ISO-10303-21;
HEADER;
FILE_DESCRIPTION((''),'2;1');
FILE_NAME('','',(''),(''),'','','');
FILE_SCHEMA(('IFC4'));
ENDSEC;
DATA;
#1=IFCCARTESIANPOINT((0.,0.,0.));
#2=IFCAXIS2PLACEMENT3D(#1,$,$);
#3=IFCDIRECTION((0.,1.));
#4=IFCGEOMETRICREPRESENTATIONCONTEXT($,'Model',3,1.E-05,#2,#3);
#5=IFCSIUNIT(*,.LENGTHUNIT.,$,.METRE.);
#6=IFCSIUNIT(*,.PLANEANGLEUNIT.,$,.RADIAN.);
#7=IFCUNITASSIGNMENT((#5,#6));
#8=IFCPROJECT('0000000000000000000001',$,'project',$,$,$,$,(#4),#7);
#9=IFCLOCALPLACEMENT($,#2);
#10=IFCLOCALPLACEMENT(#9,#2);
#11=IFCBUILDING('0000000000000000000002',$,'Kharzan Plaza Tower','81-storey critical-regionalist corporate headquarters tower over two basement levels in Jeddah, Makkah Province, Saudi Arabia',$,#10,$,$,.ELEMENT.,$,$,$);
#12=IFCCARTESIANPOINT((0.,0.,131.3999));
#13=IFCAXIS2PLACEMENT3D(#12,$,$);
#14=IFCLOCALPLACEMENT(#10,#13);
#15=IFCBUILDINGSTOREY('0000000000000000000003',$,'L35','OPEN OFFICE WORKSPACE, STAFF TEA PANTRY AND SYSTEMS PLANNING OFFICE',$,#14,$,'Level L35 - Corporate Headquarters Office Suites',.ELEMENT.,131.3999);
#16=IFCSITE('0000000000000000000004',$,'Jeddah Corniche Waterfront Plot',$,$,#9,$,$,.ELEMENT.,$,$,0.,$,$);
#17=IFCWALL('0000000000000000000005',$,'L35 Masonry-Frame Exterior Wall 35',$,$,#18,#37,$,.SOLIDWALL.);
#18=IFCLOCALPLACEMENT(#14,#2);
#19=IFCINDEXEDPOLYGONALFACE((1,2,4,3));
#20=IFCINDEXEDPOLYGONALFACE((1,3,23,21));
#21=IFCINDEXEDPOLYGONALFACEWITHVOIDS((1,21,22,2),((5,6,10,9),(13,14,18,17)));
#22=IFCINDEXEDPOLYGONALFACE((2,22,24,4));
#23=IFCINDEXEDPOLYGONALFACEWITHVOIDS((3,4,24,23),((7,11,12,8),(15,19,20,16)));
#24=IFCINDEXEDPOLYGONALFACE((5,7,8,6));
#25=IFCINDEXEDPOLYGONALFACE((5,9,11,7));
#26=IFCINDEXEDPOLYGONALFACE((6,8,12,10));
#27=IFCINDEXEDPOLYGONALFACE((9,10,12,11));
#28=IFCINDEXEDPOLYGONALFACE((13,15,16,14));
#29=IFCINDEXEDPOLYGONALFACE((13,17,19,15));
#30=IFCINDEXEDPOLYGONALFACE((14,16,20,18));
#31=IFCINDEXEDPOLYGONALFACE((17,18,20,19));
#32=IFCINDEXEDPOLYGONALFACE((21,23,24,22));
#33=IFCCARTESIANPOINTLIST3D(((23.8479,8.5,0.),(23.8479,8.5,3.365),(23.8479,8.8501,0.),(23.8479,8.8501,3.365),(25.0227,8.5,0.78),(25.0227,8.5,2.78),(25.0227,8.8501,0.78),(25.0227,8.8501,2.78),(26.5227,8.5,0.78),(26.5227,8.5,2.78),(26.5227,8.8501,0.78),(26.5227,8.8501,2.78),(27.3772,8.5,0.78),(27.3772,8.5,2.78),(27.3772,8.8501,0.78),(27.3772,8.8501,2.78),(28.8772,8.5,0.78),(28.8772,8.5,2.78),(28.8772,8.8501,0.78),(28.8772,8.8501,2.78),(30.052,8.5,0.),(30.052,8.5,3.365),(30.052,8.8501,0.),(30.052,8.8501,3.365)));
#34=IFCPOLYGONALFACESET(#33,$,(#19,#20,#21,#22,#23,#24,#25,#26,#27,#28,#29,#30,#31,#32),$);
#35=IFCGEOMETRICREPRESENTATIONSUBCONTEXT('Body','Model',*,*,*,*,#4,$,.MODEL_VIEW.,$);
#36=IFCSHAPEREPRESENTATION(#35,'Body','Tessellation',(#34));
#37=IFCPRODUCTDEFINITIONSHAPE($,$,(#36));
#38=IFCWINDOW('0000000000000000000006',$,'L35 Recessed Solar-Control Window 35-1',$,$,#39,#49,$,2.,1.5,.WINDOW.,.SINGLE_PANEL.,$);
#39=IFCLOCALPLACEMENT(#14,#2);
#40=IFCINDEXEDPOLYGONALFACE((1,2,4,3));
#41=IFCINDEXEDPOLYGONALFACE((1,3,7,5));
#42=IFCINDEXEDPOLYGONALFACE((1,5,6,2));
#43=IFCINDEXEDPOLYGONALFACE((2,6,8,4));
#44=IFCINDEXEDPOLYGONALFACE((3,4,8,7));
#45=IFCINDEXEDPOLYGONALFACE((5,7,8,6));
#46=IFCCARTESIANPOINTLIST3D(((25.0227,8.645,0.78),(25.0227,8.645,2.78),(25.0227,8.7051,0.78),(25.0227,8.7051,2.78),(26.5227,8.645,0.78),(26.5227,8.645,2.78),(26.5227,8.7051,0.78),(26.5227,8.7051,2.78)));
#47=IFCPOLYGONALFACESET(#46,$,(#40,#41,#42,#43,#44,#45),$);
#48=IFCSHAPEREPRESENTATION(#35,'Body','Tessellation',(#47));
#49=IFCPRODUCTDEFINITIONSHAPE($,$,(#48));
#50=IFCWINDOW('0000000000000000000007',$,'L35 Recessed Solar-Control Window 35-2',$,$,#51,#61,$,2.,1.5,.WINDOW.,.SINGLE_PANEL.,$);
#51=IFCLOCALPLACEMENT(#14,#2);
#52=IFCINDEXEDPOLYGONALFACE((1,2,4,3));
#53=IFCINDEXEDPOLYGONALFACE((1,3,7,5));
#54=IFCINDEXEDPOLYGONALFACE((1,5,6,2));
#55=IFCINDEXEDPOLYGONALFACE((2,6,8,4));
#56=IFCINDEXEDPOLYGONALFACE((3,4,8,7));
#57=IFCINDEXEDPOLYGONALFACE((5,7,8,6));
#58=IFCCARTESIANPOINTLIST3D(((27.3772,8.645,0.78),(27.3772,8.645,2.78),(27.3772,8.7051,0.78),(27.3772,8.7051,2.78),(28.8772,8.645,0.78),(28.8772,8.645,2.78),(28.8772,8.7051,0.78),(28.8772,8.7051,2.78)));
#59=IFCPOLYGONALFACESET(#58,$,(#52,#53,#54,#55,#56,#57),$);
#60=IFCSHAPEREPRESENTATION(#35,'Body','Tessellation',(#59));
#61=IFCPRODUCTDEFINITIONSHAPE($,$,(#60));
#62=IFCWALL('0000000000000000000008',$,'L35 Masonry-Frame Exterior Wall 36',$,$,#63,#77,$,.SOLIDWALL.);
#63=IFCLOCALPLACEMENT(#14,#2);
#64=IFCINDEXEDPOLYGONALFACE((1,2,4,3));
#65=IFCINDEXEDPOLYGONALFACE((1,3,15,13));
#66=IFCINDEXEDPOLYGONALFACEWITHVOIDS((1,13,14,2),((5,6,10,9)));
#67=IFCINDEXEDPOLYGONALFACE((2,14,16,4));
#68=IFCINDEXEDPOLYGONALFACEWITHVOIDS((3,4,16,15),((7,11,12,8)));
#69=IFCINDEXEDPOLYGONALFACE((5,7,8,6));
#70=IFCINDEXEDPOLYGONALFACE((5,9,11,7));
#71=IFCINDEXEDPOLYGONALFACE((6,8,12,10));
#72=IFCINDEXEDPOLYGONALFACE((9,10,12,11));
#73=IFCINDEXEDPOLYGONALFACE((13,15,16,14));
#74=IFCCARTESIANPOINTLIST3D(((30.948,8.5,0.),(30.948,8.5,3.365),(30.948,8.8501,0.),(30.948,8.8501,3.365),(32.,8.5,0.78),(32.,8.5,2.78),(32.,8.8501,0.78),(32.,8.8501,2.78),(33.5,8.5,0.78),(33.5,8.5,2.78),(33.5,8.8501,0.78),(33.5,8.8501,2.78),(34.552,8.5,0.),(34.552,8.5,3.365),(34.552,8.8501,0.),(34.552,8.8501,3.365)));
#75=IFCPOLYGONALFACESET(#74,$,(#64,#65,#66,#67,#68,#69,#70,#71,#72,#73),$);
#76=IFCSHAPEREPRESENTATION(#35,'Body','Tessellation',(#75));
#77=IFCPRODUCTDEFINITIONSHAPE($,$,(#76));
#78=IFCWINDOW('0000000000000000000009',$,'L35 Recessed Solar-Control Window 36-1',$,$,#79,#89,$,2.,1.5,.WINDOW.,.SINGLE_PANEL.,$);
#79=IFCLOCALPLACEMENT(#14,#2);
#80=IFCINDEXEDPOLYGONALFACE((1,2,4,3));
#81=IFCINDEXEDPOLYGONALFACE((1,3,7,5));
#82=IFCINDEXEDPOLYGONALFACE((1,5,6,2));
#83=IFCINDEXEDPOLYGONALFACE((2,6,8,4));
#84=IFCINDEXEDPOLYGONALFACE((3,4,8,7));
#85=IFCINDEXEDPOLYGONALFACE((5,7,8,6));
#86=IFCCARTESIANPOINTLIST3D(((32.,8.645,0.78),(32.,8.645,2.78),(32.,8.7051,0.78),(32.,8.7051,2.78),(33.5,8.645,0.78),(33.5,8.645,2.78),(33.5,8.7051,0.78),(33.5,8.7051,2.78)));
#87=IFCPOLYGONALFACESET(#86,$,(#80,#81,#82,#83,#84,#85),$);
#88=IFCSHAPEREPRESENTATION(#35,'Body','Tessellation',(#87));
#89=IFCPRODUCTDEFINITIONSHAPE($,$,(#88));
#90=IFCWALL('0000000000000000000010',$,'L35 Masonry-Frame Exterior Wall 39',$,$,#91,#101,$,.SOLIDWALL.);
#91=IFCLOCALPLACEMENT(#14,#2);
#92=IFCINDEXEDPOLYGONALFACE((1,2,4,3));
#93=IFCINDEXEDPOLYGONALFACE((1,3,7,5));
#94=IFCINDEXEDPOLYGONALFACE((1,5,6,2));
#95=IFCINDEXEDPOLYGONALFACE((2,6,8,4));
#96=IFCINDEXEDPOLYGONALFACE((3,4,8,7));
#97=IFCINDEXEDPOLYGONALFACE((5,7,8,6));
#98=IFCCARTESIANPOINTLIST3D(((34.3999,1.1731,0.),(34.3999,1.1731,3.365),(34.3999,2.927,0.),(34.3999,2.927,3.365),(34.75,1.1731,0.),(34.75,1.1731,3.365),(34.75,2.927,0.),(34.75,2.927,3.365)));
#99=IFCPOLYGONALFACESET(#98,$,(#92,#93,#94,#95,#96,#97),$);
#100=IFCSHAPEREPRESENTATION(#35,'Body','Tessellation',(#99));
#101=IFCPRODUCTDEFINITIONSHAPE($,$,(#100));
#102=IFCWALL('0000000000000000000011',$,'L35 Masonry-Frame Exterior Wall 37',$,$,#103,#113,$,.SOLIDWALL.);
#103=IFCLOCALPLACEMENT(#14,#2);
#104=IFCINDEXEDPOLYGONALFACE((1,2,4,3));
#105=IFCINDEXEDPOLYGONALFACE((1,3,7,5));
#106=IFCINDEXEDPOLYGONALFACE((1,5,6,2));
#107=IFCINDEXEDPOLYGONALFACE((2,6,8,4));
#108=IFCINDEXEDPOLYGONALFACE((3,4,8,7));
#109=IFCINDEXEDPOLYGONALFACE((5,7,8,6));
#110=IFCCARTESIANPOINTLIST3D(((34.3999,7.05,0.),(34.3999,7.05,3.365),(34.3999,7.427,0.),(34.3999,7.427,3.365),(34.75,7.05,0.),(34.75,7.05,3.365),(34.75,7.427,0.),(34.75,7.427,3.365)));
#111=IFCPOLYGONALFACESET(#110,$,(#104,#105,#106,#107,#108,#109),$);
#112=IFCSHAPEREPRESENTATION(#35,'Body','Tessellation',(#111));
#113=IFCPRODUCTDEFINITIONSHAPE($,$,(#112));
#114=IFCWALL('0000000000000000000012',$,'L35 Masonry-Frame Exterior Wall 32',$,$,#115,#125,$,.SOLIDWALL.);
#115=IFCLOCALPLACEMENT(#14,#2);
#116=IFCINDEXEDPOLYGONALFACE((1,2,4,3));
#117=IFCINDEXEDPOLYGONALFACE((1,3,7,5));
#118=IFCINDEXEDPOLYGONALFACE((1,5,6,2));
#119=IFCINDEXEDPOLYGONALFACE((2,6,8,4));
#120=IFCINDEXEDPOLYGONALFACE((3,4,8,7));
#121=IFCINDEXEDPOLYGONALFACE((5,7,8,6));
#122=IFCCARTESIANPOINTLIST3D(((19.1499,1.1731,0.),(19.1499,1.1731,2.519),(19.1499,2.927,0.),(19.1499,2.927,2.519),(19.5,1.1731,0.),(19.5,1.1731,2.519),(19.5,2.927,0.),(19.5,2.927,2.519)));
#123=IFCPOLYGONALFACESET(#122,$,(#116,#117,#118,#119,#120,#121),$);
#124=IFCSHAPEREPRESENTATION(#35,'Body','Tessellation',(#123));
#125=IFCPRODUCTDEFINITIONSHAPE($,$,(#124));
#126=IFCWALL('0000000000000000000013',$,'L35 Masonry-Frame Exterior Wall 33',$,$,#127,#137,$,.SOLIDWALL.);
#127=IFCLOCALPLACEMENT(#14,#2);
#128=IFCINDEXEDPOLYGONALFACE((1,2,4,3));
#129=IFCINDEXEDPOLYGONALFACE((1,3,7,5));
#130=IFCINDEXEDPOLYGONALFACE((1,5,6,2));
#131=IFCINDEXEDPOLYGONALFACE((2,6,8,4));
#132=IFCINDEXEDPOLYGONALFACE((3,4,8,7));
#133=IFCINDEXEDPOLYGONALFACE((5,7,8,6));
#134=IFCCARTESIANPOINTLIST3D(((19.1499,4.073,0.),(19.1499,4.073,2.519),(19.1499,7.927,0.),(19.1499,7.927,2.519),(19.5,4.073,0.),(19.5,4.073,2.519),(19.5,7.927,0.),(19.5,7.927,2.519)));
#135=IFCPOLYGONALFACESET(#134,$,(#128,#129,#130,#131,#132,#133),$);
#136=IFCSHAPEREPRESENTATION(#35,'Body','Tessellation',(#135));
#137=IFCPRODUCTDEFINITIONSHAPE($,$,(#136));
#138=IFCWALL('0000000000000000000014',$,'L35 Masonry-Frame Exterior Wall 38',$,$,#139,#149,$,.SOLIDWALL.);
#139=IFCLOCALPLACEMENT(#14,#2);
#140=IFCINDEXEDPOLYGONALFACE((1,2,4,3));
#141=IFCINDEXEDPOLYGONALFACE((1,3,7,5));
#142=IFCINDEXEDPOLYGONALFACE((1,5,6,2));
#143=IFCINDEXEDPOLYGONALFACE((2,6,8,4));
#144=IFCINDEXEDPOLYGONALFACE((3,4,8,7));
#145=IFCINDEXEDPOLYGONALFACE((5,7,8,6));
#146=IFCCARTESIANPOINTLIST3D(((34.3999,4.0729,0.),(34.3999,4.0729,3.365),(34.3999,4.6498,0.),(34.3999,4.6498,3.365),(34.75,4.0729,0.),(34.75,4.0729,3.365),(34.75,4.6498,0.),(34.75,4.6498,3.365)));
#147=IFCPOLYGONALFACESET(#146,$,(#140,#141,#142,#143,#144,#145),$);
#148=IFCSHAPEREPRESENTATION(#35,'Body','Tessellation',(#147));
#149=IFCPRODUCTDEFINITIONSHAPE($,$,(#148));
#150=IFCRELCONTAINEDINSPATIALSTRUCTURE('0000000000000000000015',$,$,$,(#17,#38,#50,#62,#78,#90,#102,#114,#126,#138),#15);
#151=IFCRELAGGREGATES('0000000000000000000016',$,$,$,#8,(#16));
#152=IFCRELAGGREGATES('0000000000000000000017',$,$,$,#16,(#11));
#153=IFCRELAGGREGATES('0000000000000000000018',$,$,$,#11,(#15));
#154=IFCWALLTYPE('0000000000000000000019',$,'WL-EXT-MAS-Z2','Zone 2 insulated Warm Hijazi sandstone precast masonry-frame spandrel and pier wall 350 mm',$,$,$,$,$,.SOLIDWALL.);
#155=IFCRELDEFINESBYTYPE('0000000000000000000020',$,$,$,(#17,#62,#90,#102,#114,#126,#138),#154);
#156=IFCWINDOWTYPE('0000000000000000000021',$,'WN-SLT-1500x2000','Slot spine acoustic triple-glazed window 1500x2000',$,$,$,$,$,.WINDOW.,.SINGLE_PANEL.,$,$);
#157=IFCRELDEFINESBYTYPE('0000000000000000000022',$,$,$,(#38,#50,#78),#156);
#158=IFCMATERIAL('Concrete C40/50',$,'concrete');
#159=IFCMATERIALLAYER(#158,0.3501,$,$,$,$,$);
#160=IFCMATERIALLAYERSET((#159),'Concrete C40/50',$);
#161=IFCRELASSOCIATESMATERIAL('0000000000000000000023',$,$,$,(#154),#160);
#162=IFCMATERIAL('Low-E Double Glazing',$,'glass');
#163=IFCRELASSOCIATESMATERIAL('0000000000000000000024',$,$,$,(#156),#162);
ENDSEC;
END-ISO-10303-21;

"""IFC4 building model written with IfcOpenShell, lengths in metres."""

from ifc_helpers import new_model, si_unit, direction, frame, frame_2d, origin, place, context, subcontext, project, spatial, rectangle, extrude, source, transform, mapped, material, layer, layer_set, type_object, element, fill, save


model = new_model("IFC4")

# Units and contexts
model_context = context("Model", 3, precision=1e-05, world=origin(), true_north=direction((0.0, 1.0)))
body_context = subcontext(model_context, "Body", "Model", "MODEL_VIEW")
ifc_project = project(units=[si_unit("LENGTHUNIT", "METRE"), si_unit("PLANEANGLEUNIT", "RADIAN")], contexts=[model_context])

# Site, building, storey
site_placement = place(None, origin())
site = spatial("IfcSite", under=ifc_project, at=site_placement, Name="Jeddah Corniche Waterfront Plot", CompositionType="ELEMENT", RefElevation=0.0)
building_placement = place(site_placement, origin())
building = spatial("IfcBuilding", under=site, at=building_placement, Name="Kharzan Plaza Tower", Description="81-storey critical-regionalist corporate headquarters tower over two basement levels in Jeddah, Makkah Province, Saudi Arabia", CompositionType="ELEMENT")
storey_placement = place(building_placement, frame((0.0, 0.0, 131.3999)))
storey = spatial("IfcBuildingStorey", under=building, at=storey_placement, Name="L35", Description="OPEN OFFICE WORKSPACE, STAFF TEA PANTRY AND SYSTEMS PLANNING OFFICE", LongName="Level L35 - Corporate Headquarters Office Suites", CompositionType="ELEMENT", Elevation=131.3999)

# Shared definitions
ifc_material_1 = material(Name="Concrete C40/50", Category="concrete")
ifc_layer_1 = layer(ifc_material_1, 0.3501)
ifc_layer_set_1 = layer_set([ifc_layer_1], Name="Concrete C40/50")
wall_type = type_object("IfcWallType", Name="WL-EXT-MAS-Z2", Description="Zone 2 insulated Warm Hijazi sandstone precast masonry-frame spandrel and pier wall 350 mm", PredefinedType="SOLIDWALL", material=ifc_layer_set_1)
ifc_material_2 = material(Name="Low-E Double Glazing", Category="glass")
window_type = type_object("IfcWindowType", Name="WN-SLT-1500x2000", Description="Slot spine acoustic triple-glazed window 1500x2000", PartitioningType="SINGLE_PANEL", PredefinedType="WINDOW", material=ifc_material_2)
shared_shape_1 = source(origin(), body_context, "Body", "SweptSolid", [
    extrude(rectangle(XDim=1.5, YDim=2.0, at=frame_2d((0.75, 1.0))), frame((0.0, 0.03, 0.0), z_axis=(0.0, -1.0, 0.0), x_axis=(1.0, 0.0, 0.0)), (0.0, 0.0, 1.0), 0.0601),
])

# Wall, openings, windows
wall_1_placement = place(storey_placement, frame((23.8479, 8.675, 0.0), z_axis=(0.0, 0.0, 1.0), x_axis=(1.0, 0.0, 0.0)))
wall_1 = element("IfcWall", 1, at=wall_1_placement, inside=storey, type_object=wall_type, Name="L35 Masonry-Frame Exterior Wall 35", PredefinedType="SOLIDWALL", context=body_context, shape_type="SweptSolid", body=[
    extrude(rectangle(XDim=6.2041, YDim=0.3501, at=frame_2d((3.1021, 0.0))), origin(), (0.0, 0.0, 1.0), 3.365),
])
opening_1_placement = place(wall_1_placement, frame((1.1748, 0.0, 0.78)))
opening_1 = element("IfcOpeningElement", 2, at=opening_1_placement, cuts=wall_1, PredefinedType="OPENING", context=body_context, shape_type="SweptSolid", body=[
    extrude(rectangle(XDim=1.5, YDim=2.0, at=frame_2d((0.75, 1.0))), frame((0.0, 0.1851, 0.0), z_axis=(0.0, -1.0, 0.0), x_axis=(1.0, 0.0, 0.0)), (0.0, 0.0, 1.0), 0.3701),
])
opening_2_placement = place(wall_1_placement, frame((3.5293, 0.0, 0.78)))
opening_2 = element("IfcOpeningElement", 3, at=opening_2_placement, cuts=wall_1, PredefinedType="OPENING", context=body_context, shape_type="SweptSolid", body=[
    extrude(rectangle(XDim=1.5, YDim=2.0, at=frame_2d((0.75, 1.0))), frame((0.0, 0.1851, 0.0), z_axis=(0.0, -1.0, 0.0), x_axis=(1.0, 0.0, 0.0)), (0.0, 0.0, 1.0), 0.3701),
])
window_1_placement = place(opening_1_placement, origin())
window_1 = element("IfcWindow", 4, at=window_1_placement, inside=storey, type_object=window_type, Name="L35 Recessed Solar-Control Window 35-1", OverallHeight=2.0, OverallWidth=1.5, PartitioningType="SINGLE_PANEL", PredefinedType="WINDOW", context=body_context, shape_type="MappedRepresentation", body=[
    mapped(shared_shape_1, transform((0.0, 0.0, 0.0), x_axis=(1.0, 0.0, 0.0), y_axis=(0.0, 1.0, 0.0), z_axis=(0.0, 0.0, 1.0))),
])
fill(opening_1, window_1)
window_2_placement = place(opening_2_placement, origin())
window_2 = element("IfcWindow", 5, at=window_2_placement, inside=storey, type_object=window_type, Name="L35 Recessed Solar-Control Window 35-2", OverallHeight=2.0, OverallWidth=1.5, PartitioningType="SINGLE_PANEL", PredefinedType="WINDOW", context=body_context, shape_type="MappedRepresentation", body=[
    mapped(shared_shape_1, transform((0.0, 0.0, 0.0), x_axis=(1.0, 0.0, 0.0), y_axis=(0.0, 1.0, 0.0), z_axis=(0.0, 0.0, 1.0))),
])
fill(opening_2, window_2)

# Wall, opening, window
wall_2_placement = place(storey_placement, frame((30.948, 8.675, 0.0), z_axis=(0.0, 0.0, 1.0), x_axis=(1.0, 0.0, 0.0)))
wall_2 = element("IfcWall", 6, at=wall_2_placement, inside=storey, type_object=wall_type, Name="L35 Masonry-Frame Exterior Wall 36", PredefinedType="SOLIDWALL", context=body_context, shape_type="SweptSolid", body=[
    extrude(rectangle(XDim=3.604, YDim=0.3501, at=frame_2d((1.802, 0.0))), origin(), (0.0, 0.0, 1.0), 3.365),
])
opening_3_placement = place(wall_2_placement, frame((1.052, 0.0, 0.78)))
opening_3 = element("IfcOpeningElement", 7, at=opening_3_placement, cuts=wall_2, PredefinedType="OPENING", context=body_context, shape_type="SweptSolid", body=[
    extrude(rectangle(XDim=1.5, YDim=2.0, at=frame_2d((0.75, 1.0))), frame((0.0, 0.1851, 0.0), z_axis=(0.0, -1.0, 0.0), x_axis=(1.0, 0.0, 0.0)), (0.0, 0.0, 1.0), 0.3701),
])
window_3_placement = place(opening_3_placement, origin())
window_3 = element("IfcWindow", 8, at=window_3_placement, inside=storey, type_object=window_type, Name="L35 Recessed Solar-Control Window 36-1", OverallHeight=2.0, OverallWidth=1.5, PartitioningType="SINGLE_PANEL", PredefinedType="WINDOW", context=body_context, shape_type="MappedRepresentation", body=[
    mapped(shared_shape_1, transform((0.0, 0.0, 0.0), x_axis=(1.0, 0.0, 0.0), y_axis=(0.0, 1.0, 0.0), z_axis=(0.0, 0.0, 1.0))),
])
fill(opening_3, window_3)

# Walls
shared_shape_2 = source(origin(), body_context, "Body", "SweptSolid", [
    extrude(rectangle(XDim=1.7539, YDim=0.3501, at=frame_2d((0.877, 0.0))), origin(), (0.0, 0.0, 1.0), 3.365),
])
wall_3_placement = place(storey_placement, frame((34.575, 2.927, 0.0), z_axis=(0.0, 0.0, 1.0), x_axis=(0.0, -1.0, 0.0)))
element("IfcWall", 9, at=wall_3_placement, inside=storey, type_object=wall_type, Name="L35 Masonry-Frame Exterior Wall 39", PredefinedType="SOLIDWALL", context=body_context, shape_type="MappedRepresentation", body=[
    mapped(shared_shape_2, transform((0.0, 0.0, 0.0), x_axis=(1.0, 0.0, 0.0), y_axis=(0.0, 1.0, 0.0), z_axis=(0.0, 0.0, 1.0))),
])
shared_shape_3 = source(origin(), body_context, "Body", "SweptSolid", [
    extrude(rectangle(XDim=0.377, YDim=0.3501, at=frame_2d((0.1885, 0.0))), origin(), (0.0, 0.0, 1.0), 3.365),
])
wall_4_placement = place(storey_placement, frame((34.575, 7.427, 0.0), z_axis=(0.0, 0.0, 1.0), x_axis=(0.0, -1.0, 0.0)))
element("IfcWall", 10, at=wall_4_placement, inside=storey, type_object=wall_type, Name="L35 Masonry-Frame Exterior Wall 37", PredefinedType="SOLIDWALL", context=body_context, shape_type="MappedRepresentation", body=[
    mapped(shared_shape_3, transform((0.0, 0.0, 0.0), x_axis=(1.0, 0.0, 0.0), y_axis=(0.0, 1.0, 0.0), z_axis=(0.0, 0.0, 1.0))),
])
shared_shape_4 = source(origin(), body_context, "Body", "SweptSolid", [
    extrude(rectangle(XDim=1.7539, YDim=0.3501, at=frame_2d((0.877, 0.0))), origin(), (0.0, 0.0, 1.0), 2.519),
])
wall_5_placement = place(storey_placement, frame((19.325, 1.1731, 0.0), z_axis=(0.0, 0.0, 1.0), x_axis=(0.0, 1.0, 0.0)))
element("IfcWall", 11, at=wall_5_placement, inside=storey, type_object=wall_type, Name="L35 Masonry-Frame Exterior Wall 32", PredefinedType="SOLIDWALL", context=body_context, shape_type="MappedRepresentation", body=[
    mapped(shared_shape_4, transform((0.0, 0.0, 0.0), x_axis=(1.0, 0.0, 0.0), y_axis=(0.0, 1.0, 0.0), z_axis=(0.0, 0.0, 1.0))),
])
shared_shape_5 = source(origin(), body_context, "Body", "SweptSolid", [
    extrude(rectangle(XDim=3.854, YDim=0.3501, at=frame_2d((1.927, 0.0))), origin(), (0.0, 0.0, 1.0), 2.519),
])
wall_6_placement = place(storey_placement, frame((19.325, 4.073, 0.0), z_axis=(0.0, 0.0, 1.0), x_axis=(0.0, 1.0, 0.0)))
element("IfcWall", 12, at=wall_6_placement, inside=storey, type_object=wall_type, Name="L35 Masonry-Frame Exterior Wall 33", PredefinedType="SOLIDWALL", context=body_context, shape_type="MappedRepresentation", body=[
    mapped(shared_shape_5, transform((0.0, 0.0, 0.0), x_axis=(1.0, 0.0, 0.0), y_axis=(0.0, 1.0, 0.0), z_axis=(0.0, 0.0, 1.0))),
])
shared_shape_6 = source(origin(), body_context, "Body", "SweptSolid", [
    extrude(rectangle(XDim=0.5769, YDim=0.3501, at=frame_2d((0.2886, 0.0))), origin(), (0.0, 0.0, 1.0), 3.365),
])
wall_7_placement = place(storey_placement, frame((34.575, 4.6499, 0.0), z_axis=(0.0, 0.0, 1.0), x_axis=(0.0, -1.0, 0.0)))
element("IfcWall", 13, at=wall_7_placement, inside=storey, type_object=wall_type, Name="L35 Masonry-Frame Exterior Wall 38", PredefinedType="SOLIDWALL", context=body_context, shape_type="MappedRepresentation", body=[
    mapped(shared_shape_6, transform((0.0, 0.0, 0.0), x_axis=(1.0, 0.0, 0.0), y_axis=(0.0, 1.0, 0.0), z_axis=(0.0, 0.0, 1.0))),
])

save(model, "model.ifc")
